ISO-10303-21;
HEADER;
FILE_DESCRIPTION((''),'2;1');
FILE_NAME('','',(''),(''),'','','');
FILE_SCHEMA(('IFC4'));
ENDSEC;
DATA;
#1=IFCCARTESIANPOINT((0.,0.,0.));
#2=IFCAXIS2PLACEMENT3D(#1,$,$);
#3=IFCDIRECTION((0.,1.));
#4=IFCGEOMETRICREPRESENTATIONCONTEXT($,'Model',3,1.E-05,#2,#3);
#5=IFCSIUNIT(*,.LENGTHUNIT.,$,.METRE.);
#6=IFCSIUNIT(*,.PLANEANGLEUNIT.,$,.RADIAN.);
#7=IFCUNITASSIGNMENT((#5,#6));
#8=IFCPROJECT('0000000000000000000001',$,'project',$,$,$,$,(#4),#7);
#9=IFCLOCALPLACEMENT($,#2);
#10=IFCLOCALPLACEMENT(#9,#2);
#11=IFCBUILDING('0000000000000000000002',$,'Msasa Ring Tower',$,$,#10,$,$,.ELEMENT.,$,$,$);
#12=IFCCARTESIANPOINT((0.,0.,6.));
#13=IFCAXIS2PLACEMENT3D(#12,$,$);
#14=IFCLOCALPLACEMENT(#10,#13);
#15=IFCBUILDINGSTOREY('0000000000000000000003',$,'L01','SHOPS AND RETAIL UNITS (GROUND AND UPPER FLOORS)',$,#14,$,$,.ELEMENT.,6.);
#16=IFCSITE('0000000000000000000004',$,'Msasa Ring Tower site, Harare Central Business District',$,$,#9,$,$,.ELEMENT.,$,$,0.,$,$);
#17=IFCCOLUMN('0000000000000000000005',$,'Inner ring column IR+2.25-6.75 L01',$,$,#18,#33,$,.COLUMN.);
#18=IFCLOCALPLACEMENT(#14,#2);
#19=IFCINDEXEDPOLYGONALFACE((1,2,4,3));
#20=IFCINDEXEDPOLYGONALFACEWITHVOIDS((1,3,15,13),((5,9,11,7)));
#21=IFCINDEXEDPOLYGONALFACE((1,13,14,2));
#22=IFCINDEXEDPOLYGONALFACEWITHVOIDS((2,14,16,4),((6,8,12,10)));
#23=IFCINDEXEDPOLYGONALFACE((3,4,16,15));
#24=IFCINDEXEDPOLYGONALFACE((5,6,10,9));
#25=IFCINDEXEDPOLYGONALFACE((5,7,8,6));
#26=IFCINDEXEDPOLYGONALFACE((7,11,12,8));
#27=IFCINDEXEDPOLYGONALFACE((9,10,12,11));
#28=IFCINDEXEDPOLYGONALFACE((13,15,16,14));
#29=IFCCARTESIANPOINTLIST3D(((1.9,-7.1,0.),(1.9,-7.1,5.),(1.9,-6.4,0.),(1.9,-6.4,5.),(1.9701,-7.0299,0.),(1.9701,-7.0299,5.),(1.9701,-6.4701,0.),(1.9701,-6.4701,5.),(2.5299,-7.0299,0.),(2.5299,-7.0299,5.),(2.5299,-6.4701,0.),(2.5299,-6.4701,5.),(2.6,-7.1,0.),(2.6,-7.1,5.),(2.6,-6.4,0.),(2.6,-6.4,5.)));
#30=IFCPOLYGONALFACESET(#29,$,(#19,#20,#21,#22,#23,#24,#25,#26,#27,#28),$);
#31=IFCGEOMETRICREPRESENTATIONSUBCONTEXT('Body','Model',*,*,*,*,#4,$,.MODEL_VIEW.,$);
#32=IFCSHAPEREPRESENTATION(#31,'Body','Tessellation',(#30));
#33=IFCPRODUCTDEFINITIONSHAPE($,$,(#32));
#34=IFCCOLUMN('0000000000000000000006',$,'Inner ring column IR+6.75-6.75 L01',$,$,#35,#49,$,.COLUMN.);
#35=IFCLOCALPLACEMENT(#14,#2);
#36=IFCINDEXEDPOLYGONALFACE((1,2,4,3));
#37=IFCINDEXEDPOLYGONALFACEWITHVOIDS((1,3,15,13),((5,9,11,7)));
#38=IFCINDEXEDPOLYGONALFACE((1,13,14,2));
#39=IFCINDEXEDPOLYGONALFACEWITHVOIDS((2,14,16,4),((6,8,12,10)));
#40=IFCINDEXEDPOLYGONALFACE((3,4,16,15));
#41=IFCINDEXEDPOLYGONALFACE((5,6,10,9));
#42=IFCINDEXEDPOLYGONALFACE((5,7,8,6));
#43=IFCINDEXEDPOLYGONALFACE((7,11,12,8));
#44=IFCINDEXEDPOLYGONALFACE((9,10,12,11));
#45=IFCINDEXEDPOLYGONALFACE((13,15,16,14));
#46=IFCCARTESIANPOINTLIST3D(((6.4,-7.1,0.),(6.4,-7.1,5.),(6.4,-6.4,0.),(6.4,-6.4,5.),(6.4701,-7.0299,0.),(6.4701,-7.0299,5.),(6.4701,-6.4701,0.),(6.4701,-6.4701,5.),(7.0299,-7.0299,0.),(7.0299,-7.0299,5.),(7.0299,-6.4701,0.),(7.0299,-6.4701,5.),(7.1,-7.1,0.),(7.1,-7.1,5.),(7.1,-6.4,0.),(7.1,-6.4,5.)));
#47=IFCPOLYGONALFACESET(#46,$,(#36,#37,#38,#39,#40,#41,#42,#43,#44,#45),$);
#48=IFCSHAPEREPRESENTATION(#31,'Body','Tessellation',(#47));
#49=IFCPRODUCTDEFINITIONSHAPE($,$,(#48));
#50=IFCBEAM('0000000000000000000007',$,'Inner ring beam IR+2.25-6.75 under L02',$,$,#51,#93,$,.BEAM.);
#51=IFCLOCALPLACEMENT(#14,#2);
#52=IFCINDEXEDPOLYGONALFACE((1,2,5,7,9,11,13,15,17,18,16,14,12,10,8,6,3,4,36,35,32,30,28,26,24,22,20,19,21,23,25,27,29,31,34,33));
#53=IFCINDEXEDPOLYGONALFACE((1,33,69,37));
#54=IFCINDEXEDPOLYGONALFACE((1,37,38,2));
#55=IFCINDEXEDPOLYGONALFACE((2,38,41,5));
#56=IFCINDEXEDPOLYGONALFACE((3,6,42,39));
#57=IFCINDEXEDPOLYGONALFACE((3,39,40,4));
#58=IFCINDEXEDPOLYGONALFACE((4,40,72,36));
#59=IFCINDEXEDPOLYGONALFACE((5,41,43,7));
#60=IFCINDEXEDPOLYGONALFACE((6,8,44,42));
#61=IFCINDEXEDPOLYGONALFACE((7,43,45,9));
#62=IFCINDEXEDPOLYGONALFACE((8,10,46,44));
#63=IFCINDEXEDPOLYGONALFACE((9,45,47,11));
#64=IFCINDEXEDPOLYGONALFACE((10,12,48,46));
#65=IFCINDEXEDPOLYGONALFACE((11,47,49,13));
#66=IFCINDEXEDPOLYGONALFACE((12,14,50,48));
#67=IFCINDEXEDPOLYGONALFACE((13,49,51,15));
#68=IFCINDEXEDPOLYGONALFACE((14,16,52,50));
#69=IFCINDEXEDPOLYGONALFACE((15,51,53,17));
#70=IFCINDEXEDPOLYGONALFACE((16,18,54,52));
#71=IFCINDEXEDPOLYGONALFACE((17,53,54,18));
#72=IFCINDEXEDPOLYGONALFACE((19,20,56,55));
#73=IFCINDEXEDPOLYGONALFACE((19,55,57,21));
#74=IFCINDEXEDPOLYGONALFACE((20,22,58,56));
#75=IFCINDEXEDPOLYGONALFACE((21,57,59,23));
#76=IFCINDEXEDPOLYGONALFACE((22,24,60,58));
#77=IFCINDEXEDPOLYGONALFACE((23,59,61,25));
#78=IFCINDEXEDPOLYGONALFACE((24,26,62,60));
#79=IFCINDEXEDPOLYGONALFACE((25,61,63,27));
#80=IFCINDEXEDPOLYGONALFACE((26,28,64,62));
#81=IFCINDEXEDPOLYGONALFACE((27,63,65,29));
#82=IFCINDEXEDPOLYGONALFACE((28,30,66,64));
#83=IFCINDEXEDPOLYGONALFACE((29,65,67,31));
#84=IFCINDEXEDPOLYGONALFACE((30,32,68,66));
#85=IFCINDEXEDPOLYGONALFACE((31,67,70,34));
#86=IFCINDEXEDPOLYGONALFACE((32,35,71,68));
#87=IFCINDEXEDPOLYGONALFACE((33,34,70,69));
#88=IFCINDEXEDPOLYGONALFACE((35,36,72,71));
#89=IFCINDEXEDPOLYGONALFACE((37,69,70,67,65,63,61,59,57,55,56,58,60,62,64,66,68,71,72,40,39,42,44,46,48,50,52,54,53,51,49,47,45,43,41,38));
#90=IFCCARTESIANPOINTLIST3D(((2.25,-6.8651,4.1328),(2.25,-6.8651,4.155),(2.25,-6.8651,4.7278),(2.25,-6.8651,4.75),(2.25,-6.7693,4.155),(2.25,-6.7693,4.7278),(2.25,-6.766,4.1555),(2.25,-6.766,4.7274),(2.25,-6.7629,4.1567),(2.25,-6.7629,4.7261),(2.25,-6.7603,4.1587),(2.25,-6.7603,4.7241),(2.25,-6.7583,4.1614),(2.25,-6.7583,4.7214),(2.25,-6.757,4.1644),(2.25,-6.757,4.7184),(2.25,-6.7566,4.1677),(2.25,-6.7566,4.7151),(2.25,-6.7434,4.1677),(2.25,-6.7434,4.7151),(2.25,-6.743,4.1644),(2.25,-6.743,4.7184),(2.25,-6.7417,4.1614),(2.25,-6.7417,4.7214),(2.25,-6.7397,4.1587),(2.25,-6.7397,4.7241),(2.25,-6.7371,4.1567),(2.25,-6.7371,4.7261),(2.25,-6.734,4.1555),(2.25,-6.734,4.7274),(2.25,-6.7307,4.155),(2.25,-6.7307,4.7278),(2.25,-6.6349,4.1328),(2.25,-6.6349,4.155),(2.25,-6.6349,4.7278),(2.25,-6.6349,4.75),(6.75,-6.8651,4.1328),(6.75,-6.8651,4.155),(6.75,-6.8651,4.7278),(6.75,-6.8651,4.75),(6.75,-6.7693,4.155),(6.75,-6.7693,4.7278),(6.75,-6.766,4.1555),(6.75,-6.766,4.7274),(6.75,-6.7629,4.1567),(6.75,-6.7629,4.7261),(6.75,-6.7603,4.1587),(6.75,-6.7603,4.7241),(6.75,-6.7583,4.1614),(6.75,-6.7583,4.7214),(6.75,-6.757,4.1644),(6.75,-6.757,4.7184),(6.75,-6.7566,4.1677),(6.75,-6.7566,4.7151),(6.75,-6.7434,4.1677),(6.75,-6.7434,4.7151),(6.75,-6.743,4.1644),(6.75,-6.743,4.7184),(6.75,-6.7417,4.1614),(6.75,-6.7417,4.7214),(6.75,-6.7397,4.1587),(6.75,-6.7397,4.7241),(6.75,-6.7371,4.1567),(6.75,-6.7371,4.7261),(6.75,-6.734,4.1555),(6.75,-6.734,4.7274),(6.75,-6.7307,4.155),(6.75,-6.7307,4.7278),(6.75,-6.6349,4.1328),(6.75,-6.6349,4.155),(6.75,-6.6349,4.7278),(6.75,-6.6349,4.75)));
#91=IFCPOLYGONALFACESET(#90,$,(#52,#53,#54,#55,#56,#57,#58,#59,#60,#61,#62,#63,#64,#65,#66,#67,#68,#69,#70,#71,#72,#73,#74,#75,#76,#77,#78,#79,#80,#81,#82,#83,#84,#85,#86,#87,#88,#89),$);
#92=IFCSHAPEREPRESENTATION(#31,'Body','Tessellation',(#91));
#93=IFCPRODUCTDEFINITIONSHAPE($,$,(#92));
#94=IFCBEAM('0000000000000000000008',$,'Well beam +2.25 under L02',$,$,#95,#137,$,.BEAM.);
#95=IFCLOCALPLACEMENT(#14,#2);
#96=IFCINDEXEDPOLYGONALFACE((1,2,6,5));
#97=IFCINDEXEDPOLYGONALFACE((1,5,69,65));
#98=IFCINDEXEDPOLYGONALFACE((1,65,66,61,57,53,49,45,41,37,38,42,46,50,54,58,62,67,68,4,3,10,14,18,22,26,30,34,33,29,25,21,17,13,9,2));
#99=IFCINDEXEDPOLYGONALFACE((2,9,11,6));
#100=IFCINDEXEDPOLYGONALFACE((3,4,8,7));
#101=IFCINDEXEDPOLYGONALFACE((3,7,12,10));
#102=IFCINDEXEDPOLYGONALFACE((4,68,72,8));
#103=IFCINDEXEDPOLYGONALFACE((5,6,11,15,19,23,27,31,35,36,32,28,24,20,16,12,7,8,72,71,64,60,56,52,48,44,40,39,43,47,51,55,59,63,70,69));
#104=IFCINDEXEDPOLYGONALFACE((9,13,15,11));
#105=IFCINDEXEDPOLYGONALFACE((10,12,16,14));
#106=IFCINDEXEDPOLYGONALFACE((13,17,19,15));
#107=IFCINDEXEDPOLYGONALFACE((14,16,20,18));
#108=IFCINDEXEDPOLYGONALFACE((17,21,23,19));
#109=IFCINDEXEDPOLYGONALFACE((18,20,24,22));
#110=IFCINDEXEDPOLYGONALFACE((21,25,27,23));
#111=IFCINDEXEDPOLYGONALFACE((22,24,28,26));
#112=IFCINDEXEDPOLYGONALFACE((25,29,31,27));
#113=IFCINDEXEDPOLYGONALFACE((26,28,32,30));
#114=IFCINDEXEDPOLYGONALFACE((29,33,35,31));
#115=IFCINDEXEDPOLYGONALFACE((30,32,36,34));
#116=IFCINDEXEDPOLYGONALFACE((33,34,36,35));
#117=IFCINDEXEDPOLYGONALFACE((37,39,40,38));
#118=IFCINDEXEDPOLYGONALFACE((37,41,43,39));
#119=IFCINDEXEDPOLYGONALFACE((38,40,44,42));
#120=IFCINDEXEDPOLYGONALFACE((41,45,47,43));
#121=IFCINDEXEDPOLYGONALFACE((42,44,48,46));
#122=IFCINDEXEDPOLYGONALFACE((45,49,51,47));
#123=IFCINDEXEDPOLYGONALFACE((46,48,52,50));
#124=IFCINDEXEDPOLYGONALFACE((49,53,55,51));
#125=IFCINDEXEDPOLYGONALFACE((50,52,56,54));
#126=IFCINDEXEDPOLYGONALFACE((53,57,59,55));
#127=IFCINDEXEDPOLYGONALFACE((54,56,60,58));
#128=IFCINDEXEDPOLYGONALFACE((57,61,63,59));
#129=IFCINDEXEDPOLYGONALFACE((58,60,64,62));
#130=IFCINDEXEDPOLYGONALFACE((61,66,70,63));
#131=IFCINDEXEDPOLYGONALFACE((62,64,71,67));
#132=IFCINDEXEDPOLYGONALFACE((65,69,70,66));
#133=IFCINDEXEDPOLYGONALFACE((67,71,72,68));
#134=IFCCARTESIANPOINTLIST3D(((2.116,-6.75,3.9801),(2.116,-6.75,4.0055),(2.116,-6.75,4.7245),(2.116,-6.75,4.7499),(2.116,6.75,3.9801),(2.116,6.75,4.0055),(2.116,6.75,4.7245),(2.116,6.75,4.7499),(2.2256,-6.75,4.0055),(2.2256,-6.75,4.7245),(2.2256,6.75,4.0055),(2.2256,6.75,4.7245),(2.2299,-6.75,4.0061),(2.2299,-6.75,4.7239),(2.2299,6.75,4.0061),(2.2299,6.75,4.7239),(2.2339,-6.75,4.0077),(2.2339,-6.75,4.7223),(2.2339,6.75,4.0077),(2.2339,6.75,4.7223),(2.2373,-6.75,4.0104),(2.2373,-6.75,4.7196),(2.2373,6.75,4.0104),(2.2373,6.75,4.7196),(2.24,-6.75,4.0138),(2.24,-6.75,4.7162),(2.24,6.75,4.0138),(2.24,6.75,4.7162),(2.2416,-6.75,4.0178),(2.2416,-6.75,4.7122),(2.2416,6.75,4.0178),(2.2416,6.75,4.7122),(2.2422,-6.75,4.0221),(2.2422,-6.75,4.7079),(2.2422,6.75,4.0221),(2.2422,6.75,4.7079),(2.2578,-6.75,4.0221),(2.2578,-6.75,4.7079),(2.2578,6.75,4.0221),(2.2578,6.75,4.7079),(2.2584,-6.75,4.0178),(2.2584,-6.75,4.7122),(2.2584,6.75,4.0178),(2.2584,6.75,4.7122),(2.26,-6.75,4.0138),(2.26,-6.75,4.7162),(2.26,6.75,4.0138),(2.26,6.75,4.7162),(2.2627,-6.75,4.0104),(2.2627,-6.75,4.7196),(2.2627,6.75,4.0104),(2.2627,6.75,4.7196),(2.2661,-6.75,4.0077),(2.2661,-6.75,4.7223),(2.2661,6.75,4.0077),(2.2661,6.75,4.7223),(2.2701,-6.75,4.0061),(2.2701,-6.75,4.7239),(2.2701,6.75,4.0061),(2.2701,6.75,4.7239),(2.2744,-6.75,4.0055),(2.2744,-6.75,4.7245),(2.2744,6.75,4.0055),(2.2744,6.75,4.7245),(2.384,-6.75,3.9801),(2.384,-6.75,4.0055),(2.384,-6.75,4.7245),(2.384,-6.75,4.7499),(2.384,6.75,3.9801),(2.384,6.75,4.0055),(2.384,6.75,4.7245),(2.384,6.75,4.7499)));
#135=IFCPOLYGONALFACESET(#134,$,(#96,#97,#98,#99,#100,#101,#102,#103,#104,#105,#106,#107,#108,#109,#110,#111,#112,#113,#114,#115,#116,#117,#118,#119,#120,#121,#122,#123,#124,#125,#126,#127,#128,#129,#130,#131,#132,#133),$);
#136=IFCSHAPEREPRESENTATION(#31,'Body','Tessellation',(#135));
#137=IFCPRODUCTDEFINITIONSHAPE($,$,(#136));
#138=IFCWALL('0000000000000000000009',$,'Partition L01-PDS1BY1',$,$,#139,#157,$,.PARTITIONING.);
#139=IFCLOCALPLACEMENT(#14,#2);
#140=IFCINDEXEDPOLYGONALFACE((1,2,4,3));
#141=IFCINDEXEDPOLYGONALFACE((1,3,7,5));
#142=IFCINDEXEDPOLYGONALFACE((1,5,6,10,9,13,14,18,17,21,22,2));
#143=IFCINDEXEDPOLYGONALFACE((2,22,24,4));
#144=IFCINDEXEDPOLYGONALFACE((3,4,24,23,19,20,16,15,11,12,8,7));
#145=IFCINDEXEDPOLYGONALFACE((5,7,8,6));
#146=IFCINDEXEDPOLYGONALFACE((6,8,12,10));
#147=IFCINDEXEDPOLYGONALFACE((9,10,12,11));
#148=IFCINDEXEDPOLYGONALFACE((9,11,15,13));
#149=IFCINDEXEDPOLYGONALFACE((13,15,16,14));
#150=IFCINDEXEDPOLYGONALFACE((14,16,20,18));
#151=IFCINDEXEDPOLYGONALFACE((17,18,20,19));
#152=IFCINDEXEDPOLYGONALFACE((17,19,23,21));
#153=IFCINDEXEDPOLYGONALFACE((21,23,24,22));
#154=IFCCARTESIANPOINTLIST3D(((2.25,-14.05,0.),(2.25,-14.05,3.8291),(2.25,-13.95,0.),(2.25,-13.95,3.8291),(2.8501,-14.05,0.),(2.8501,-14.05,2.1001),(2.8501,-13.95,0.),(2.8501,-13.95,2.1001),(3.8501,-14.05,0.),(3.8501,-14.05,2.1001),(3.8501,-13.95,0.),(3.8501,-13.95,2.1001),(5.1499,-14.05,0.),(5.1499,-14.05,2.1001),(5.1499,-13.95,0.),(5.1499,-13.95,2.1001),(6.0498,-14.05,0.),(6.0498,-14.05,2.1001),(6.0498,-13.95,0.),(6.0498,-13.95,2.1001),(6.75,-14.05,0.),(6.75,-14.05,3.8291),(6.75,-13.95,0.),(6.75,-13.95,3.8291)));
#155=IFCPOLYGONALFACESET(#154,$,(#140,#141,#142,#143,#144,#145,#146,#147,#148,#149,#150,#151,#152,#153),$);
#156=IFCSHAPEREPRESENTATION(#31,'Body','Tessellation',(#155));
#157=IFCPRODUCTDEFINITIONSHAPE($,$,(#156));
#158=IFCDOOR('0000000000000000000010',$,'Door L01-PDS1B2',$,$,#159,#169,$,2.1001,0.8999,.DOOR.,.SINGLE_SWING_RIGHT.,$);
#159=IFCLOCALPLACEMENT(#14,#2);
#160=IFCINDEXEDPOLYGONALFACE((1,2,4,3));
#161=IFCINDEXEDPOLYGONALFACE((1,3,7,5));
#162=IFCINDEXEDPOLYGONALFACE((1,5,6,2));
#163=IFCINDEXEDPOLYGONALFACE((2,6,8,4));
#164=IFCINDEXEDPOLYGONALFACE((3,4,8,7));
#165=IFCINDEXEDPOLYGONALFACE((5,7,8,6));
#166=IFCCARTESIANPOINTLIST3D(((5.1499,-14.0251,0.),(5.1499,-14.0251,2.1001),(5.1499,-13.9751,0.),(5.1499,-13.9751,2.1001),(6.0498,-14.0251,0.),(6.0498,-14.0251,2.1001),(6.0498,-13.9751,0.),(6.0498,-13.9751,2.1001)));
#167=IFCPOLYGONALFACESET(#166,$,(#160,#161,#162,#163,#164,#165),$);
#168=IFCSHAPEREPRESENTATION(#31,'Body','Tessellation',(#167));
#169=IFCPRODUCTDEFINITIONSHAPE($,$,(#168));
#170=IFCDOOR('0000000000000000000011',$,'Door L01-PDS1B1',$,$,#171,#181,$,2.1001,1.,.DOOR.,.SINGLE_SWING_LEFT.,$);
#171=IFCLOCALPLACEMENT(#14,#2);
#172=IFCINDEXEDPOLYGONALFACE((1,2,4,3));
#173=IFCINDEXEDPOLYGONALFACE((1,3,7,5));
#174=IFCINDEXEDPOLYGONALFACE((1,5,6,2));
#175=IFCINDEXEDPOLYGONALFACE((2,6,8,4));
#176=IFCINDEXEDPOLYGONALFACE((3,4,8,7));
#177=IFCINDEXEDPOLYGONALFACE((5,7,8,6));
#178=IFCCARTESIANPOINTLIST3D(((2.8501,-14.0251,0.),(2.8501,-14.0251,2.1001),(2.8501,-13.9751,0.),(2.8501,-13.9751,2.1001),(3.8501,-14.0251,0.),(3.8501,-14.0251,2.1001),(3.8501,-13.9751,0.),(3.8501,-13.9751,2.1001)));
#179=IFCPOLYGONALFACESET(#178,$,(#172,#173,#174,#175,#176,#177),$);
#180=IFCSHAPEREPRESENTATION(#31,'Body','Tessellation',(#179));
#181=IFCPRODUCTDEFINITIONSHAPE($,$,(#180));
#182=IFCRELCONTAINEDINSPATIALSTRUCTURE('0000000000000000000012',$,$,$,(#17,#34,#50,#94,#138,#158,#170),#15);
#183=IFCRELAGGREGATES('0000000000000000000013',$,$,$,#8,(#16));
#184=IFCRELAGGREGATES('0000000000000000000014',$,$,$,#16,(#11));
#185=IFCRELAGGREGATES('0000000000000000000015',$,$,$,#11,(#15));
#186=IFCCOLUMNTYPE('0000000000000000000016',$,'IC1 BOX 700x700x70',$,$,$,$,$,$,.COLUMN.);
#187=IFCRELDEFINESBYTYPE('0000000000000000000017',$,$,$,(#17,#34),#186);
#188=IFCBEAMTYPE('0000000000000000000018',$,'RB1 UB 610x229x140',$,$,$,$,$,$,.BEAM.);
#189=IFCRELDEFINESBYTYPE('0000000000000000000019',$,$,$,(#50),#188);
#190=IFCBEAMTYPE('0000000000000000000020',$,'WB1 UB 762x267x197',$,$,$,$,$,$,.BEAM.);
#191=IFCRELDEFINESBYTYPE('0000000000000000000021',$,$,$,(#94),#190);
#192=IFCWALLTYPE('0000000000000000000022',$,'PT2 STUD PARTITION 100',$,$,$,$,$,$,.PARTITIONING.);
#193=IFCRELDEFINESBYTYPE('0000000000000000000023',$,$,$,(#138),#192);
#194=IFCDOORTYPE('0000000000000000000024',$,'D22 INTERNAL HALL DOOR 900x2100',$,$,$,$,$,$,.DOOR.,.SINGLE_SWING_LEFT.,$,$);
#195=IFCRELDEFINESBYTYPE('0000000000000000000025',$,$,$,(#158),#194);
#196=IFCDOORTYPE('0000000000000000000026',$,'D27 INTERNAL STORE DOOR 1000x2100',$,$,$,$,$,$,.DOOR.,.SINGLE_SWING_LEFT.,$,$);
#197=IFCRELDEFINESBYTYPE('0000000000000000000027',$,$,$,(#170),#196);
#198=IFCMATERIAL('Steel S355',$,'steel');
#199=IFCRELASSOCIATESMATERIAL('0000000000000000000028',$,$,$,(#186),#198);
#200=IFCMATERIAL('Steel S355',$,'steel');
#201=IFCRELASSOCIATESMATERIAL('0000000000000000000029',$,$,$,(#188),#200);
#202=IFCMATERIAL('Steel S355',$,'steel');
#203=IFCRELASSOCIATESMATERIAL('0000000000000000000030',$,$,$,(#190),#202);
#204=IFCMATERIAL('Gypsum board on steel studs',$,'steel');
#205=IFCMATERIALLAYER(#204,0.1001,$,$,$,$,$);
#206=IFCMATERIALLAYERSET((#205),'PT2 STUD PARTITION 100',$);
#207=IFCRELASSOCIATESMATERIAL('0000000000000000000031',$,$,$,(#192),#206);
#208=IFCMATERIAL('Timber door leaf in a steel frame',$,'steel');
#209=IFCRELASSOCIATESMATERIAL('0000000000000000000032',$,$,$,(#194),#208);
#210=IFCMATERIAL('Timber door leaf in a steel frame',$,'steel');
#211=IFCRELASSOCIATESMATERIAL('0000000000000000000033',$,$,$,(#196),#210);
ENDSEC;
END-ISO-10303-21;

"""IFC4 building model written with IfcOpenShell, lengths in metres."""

from ifc_helpers import new_model, si_unit, direction, frame, frame_2d, origin, origin_2d, place, context, subcontext, project, spatial, rectangle, hollow_rectangle, i_section, extrude, material, layer, layer_set, material_profile, profile_set, type_object, element, fill, save


model = new_model("IFC4")

# Units and contexts
model_context = context("Model", 3, precision=1e-05, world=origin(), true_north=direction((0.0, 1.0)))
body_context = subcontext(model_context, "Body", "Model", "MODEL_VIEW")
ifc_project = project(units=[si_unit("LENGTHUNIT", "METRE"), si_unit("PLANEANGLEUNIT", "RADIAN")], contexts=[model_context])

# Site, building, storey
site_placement = place(None, origin())
site = spatial("IfcSite", under=ifc_project, at=site_placement, Name="Msasa Ring Tower site, Harare Central Business District", CompositionType="ELEMENT", RefElevation=0.0)
building_placement = place(site_placement, origin())
building = spatial("IfcBuilding", under=site, at=building_placement, Name="Msasa Ring Tower", CompositionType="ELEMENT")
storey_placement = place(building_placement, frame((0.0, 0.0, 6.0)))
storey = spatial("IfcBuildingStorey", under=building, at=storey_placement, Name="L01", Description="SHOPS AND RETAIL UNITS (GROUND AND UPPER FLOORS)", CompositionType="ELEMENT", Elevation=6.0)

# Columns
ifc_material_1 = material(Name="Steel S355", Category="steel")
ifc_material_profile_1 = material_profile(ifc_material_1, hollow_rectangle(XDim=0.7, YDim=0.7, WallThickness=0.0701, at=origin_2d()), Name="BOX 700x700x70")
ifc_profile_set_1 = profile_set([ifc_material_profile_1], Name="Steel S355")
column_type = type_object("IfcColumnType", Name="IC1 BOX 700x700x70", PredefinedType="COLUMN", material=ifc_profile_set_1)
for number, where, z_axis, x_axis, name in (
    (1, (2.25, -6.75, 0.0), (0.0, 0.0, 1.0), (1.0, 0.0, 0.0), "Inner ring column IR+2.25-6.75 L01"),
    (2, (6.75, -6.75, 0.0), (0.0, 0.0, 1.0), (1.0, 0.0, 0.0), "Inner ring column IR+6.75-6.75 L01"),
):
    element("IfcColumn", number, at=place(storey_placement, frame(where, z_axis=z_axis, x_axis=x_axis)), inside=storey, type_object=column_type, Name=name, PredefinedType="COLUMN", context=body_context, shape_type="SweptSolid", body=[
        extrude(hollow_rectangle(XDim=0.7, YDim=0.7, WallThickness=0.0701, at=origin_2d()), origin(), (0.0, 0.0, 1.0), 5.0),
    ])

# Beams
ifc_material_2 = material(Name="Steel S355", Category="steel")
ifc_material_profile_2 = material_profile(ifc_material_2, i_section(OverallWidth=0.2302, OverallDepth=0.6172, WebThickness=0.0132, FlangeThickness=0.0222, FilletRadius=0.0127, at=origin_2d()), Name="UB 610x229x140")
ifc_profile_set_2 = profile_set([ifc_material_profile_2], Name="Steel S355")
beam_type_1 = type_object("IfcBeamType", Name="RB1 UB 610x229x140", PredefinedType="BEAM", material=ifc_profile_set_2)
beam_1_placement = place(storey_placement, frame((2.25, -6.75, 4.4414), z_axis=(1.0, 0.0, 0.0), x_axis=(0.0, 1.0, 0.0)))
element("IfcBeam", 3, at=beam_1_placement, inside=storey, type_object=beam_type_1, Name="Inner ring beam IR+2.25-6.75 under L02", PredefinedType="BEAM", context=body_context, shape_type="SweptSolid", body=[
    extrude(i_section(OverallWidth=0.2302, OverallDepth=0.6172, WebThickness=0.0132, FlangeThickness=0.0222, FilletRadius=0.0127, at=origin_2d()), origin(), (0.0, 0.0, 1.0), 4.5),
])
ifc_material_3 = material(Name="Steel S355", Category="steel")
ifc_material_profile_3 = material_profile(ifc_material_3, i_section(OverallWidth=0.2681, OverallDepth=0.7698, WebThickness=0.0156, FlangeThickness=0.0254, FilletRadius=0.0166, at=origin_2d()), Name="UB 762x267x197")
ifc_profile_set_3 = profile_set([ifc_material_profile_3], Name="Steel S355")
beam_type_2 = type_object("IfcBeamType", Name="WB1 UB 762x267x197", PredefinedType="BEAM", material=ifc_profile_set_3)
beam_2_placement = place(storey_placement, frame((2.25, -6.75, 4.365), z_axis=(0.0, 1.0, 0.0), x_axis=(-1.0, 0.0, 0.0)))
element("IfcBeam", 4, at=beam_2_placement, inside=storey, type_object=beam_type_2, Name="Well beam +2.25 under L02", PredefinedType="BEAM", context=body_context, shape_type="SweptSolid", body=[
    extrude(i_section(OverallWidth=0.2681, OverallDepth=0.7698, WebThickness=0.0156, FlangeThickness=0.0254, FilletRadius=0.0166, at=origin_2d()), origin(), (0.0, 0.0, 1.0), 13.5),
])

# Wall, openings, doors
ifc_material_4 = material(Name="Gypsum board on steel studs", Category="steel")
ifc_layer = layer(ifc_material_4, 0.1001)
ifc_layer_set = layer_set([ifc_layer], Name="PT2 STUD PARTITION 100")
wall_type = type_object("IfcWallType", Name="PT2 STUD PARTITION 100", PredefinedType="PARTITIONING", material=ifc_layer_set)
wall_1_placement = place(storey_placement, frame((2.25, -14.0, 0.0), z_axis=(0.0, 0.0, 1.0), x_axis=(1.0, 0.0, 0.0)))
wall_1 = element("IfcWall", 5, at=wall_1_placement, inside=storey, type_object=wall_type, Name="Partition L01-PDS1BY1", PredefinedType="PARTITIONING", context=body_context, shape_type="SweptSolid", body=[
    extrude(rectangle(XDim=4.5, YDim=0.1001, at=frame_2d((2.25, 0.0))), origin(), (0.0, 0.0, 1.0), 3.8291),
])
opening_1_placement = place(wall_1_placement, frame((0.6001, 0.0, 0.0)))
opening_1 = element("IfcOpeningElement", 6, at=opening_1_placement, cuts=wall_1, PredefinedType="OPENING", context=body_context, shape_type="SweptSolid", body=[
    extrude(rectangle(XDim=1.0, YDim=2.1001, at=frame_2d((0.5, 1.05))), frame((0.0, 0.0601, 0.0), z_axis=(0.0, -1.0, 0.0), x_axis=(1.0, 0.0, 0.0)), (0.0, 0.0, 1.0), 0.1201),
])
opening_2_placement = place(wall_1_placement, frame((2.8999, 0.0, 0.0)))
opening_2 = element("IfcOpeningElement", 7, at=opening_2_placement, cuts=wall_1, PredefinedType="OPENING", context=body_context, shape_type="SweptSolid", body=[
    extrude(rectangle(XDim=0.8999, YDim=2.1001, at=frame_2d((0.45, 1.05))), frame((0.0, 0.0601, 0.0), z_axis=(0.0, -1.0, 0.0), x_axis=(1.0, 0.0, 0.0)), (0.0, 0.0, 1.0), 0.1201),
])
ifc_material_5 = material(Name="Timber door leaf in a steel frame", Category="steel")
door_type_1 = type_object("IfcDoorType", Name="D22 INTERNAL HALL DOOR 900x2100", OperationType="SINGLE_SWING_LEFT", PredefinedType="DOOR", material=ifc_material_5)
door_1_placement = place(opening_2_placement, origin())
door_1 = element("IfcDoor", 8, at=door_1_placement, inside=storey, type_object=door_type_1, Name="Door L01-PDS1B2", OperationType="SINGLE_SWING_RIGHT", OverallHeight=2.1001, OverallWidth=0.8999, PredefinedType="DOOR", context=body_context, shape_type="SweptSolid", body=[
    extrude(rectangle(XDim=0.8999, YDim=2.1001, at=frame_2d((0.45, 1.05))), frame((0.0, 0.0249, 0.0), z_axis=(0.0, -1.0, 0.0), x_axis=(1.0, 0.0, 0.0)), (0.0, 0.0, 1.0), 0.05),
])
fill(opening_2, door_1)
ifc_material_6 = material(Name="Timber door leaf in a steel frame", Category="steel")
door_type_2 = type_object("IfcDoorType", Name="D27 INTERNAL STORE DOOR 1000x2100", OperationType="SINGLE_SWING_LEFT", PredefinedType="DOOR", material=ifc_material_6)
door_2_placement = place(opening_1_placement, origin())
door_2 = element("IfcDoor", 9, at=door_2_placement, inside=storey, type_object=door_type_2, Name="Door L01-PDS1B1", OperationType="SINGLE_SWING_LEFT", OverallHeight=2.1001, OverallWidth=1.0, PredefinedType="DOOR", context=body_context, shape_type="SweptSolid", body=[
    extrude(rectangle(XDim=1.0, YDim=2.1001, at=frame_2d((0.5, 1.05))), frame((0.0, 0.0249, 0.0), z_axis=(0.0, -1.0, 0.0), x_axis=(1.0, 0.0, 0.0)), (0.0, 0.0, 1.0), 0.05),
])
fill(opening_1, door_2)

save(model, "model.ifc")
